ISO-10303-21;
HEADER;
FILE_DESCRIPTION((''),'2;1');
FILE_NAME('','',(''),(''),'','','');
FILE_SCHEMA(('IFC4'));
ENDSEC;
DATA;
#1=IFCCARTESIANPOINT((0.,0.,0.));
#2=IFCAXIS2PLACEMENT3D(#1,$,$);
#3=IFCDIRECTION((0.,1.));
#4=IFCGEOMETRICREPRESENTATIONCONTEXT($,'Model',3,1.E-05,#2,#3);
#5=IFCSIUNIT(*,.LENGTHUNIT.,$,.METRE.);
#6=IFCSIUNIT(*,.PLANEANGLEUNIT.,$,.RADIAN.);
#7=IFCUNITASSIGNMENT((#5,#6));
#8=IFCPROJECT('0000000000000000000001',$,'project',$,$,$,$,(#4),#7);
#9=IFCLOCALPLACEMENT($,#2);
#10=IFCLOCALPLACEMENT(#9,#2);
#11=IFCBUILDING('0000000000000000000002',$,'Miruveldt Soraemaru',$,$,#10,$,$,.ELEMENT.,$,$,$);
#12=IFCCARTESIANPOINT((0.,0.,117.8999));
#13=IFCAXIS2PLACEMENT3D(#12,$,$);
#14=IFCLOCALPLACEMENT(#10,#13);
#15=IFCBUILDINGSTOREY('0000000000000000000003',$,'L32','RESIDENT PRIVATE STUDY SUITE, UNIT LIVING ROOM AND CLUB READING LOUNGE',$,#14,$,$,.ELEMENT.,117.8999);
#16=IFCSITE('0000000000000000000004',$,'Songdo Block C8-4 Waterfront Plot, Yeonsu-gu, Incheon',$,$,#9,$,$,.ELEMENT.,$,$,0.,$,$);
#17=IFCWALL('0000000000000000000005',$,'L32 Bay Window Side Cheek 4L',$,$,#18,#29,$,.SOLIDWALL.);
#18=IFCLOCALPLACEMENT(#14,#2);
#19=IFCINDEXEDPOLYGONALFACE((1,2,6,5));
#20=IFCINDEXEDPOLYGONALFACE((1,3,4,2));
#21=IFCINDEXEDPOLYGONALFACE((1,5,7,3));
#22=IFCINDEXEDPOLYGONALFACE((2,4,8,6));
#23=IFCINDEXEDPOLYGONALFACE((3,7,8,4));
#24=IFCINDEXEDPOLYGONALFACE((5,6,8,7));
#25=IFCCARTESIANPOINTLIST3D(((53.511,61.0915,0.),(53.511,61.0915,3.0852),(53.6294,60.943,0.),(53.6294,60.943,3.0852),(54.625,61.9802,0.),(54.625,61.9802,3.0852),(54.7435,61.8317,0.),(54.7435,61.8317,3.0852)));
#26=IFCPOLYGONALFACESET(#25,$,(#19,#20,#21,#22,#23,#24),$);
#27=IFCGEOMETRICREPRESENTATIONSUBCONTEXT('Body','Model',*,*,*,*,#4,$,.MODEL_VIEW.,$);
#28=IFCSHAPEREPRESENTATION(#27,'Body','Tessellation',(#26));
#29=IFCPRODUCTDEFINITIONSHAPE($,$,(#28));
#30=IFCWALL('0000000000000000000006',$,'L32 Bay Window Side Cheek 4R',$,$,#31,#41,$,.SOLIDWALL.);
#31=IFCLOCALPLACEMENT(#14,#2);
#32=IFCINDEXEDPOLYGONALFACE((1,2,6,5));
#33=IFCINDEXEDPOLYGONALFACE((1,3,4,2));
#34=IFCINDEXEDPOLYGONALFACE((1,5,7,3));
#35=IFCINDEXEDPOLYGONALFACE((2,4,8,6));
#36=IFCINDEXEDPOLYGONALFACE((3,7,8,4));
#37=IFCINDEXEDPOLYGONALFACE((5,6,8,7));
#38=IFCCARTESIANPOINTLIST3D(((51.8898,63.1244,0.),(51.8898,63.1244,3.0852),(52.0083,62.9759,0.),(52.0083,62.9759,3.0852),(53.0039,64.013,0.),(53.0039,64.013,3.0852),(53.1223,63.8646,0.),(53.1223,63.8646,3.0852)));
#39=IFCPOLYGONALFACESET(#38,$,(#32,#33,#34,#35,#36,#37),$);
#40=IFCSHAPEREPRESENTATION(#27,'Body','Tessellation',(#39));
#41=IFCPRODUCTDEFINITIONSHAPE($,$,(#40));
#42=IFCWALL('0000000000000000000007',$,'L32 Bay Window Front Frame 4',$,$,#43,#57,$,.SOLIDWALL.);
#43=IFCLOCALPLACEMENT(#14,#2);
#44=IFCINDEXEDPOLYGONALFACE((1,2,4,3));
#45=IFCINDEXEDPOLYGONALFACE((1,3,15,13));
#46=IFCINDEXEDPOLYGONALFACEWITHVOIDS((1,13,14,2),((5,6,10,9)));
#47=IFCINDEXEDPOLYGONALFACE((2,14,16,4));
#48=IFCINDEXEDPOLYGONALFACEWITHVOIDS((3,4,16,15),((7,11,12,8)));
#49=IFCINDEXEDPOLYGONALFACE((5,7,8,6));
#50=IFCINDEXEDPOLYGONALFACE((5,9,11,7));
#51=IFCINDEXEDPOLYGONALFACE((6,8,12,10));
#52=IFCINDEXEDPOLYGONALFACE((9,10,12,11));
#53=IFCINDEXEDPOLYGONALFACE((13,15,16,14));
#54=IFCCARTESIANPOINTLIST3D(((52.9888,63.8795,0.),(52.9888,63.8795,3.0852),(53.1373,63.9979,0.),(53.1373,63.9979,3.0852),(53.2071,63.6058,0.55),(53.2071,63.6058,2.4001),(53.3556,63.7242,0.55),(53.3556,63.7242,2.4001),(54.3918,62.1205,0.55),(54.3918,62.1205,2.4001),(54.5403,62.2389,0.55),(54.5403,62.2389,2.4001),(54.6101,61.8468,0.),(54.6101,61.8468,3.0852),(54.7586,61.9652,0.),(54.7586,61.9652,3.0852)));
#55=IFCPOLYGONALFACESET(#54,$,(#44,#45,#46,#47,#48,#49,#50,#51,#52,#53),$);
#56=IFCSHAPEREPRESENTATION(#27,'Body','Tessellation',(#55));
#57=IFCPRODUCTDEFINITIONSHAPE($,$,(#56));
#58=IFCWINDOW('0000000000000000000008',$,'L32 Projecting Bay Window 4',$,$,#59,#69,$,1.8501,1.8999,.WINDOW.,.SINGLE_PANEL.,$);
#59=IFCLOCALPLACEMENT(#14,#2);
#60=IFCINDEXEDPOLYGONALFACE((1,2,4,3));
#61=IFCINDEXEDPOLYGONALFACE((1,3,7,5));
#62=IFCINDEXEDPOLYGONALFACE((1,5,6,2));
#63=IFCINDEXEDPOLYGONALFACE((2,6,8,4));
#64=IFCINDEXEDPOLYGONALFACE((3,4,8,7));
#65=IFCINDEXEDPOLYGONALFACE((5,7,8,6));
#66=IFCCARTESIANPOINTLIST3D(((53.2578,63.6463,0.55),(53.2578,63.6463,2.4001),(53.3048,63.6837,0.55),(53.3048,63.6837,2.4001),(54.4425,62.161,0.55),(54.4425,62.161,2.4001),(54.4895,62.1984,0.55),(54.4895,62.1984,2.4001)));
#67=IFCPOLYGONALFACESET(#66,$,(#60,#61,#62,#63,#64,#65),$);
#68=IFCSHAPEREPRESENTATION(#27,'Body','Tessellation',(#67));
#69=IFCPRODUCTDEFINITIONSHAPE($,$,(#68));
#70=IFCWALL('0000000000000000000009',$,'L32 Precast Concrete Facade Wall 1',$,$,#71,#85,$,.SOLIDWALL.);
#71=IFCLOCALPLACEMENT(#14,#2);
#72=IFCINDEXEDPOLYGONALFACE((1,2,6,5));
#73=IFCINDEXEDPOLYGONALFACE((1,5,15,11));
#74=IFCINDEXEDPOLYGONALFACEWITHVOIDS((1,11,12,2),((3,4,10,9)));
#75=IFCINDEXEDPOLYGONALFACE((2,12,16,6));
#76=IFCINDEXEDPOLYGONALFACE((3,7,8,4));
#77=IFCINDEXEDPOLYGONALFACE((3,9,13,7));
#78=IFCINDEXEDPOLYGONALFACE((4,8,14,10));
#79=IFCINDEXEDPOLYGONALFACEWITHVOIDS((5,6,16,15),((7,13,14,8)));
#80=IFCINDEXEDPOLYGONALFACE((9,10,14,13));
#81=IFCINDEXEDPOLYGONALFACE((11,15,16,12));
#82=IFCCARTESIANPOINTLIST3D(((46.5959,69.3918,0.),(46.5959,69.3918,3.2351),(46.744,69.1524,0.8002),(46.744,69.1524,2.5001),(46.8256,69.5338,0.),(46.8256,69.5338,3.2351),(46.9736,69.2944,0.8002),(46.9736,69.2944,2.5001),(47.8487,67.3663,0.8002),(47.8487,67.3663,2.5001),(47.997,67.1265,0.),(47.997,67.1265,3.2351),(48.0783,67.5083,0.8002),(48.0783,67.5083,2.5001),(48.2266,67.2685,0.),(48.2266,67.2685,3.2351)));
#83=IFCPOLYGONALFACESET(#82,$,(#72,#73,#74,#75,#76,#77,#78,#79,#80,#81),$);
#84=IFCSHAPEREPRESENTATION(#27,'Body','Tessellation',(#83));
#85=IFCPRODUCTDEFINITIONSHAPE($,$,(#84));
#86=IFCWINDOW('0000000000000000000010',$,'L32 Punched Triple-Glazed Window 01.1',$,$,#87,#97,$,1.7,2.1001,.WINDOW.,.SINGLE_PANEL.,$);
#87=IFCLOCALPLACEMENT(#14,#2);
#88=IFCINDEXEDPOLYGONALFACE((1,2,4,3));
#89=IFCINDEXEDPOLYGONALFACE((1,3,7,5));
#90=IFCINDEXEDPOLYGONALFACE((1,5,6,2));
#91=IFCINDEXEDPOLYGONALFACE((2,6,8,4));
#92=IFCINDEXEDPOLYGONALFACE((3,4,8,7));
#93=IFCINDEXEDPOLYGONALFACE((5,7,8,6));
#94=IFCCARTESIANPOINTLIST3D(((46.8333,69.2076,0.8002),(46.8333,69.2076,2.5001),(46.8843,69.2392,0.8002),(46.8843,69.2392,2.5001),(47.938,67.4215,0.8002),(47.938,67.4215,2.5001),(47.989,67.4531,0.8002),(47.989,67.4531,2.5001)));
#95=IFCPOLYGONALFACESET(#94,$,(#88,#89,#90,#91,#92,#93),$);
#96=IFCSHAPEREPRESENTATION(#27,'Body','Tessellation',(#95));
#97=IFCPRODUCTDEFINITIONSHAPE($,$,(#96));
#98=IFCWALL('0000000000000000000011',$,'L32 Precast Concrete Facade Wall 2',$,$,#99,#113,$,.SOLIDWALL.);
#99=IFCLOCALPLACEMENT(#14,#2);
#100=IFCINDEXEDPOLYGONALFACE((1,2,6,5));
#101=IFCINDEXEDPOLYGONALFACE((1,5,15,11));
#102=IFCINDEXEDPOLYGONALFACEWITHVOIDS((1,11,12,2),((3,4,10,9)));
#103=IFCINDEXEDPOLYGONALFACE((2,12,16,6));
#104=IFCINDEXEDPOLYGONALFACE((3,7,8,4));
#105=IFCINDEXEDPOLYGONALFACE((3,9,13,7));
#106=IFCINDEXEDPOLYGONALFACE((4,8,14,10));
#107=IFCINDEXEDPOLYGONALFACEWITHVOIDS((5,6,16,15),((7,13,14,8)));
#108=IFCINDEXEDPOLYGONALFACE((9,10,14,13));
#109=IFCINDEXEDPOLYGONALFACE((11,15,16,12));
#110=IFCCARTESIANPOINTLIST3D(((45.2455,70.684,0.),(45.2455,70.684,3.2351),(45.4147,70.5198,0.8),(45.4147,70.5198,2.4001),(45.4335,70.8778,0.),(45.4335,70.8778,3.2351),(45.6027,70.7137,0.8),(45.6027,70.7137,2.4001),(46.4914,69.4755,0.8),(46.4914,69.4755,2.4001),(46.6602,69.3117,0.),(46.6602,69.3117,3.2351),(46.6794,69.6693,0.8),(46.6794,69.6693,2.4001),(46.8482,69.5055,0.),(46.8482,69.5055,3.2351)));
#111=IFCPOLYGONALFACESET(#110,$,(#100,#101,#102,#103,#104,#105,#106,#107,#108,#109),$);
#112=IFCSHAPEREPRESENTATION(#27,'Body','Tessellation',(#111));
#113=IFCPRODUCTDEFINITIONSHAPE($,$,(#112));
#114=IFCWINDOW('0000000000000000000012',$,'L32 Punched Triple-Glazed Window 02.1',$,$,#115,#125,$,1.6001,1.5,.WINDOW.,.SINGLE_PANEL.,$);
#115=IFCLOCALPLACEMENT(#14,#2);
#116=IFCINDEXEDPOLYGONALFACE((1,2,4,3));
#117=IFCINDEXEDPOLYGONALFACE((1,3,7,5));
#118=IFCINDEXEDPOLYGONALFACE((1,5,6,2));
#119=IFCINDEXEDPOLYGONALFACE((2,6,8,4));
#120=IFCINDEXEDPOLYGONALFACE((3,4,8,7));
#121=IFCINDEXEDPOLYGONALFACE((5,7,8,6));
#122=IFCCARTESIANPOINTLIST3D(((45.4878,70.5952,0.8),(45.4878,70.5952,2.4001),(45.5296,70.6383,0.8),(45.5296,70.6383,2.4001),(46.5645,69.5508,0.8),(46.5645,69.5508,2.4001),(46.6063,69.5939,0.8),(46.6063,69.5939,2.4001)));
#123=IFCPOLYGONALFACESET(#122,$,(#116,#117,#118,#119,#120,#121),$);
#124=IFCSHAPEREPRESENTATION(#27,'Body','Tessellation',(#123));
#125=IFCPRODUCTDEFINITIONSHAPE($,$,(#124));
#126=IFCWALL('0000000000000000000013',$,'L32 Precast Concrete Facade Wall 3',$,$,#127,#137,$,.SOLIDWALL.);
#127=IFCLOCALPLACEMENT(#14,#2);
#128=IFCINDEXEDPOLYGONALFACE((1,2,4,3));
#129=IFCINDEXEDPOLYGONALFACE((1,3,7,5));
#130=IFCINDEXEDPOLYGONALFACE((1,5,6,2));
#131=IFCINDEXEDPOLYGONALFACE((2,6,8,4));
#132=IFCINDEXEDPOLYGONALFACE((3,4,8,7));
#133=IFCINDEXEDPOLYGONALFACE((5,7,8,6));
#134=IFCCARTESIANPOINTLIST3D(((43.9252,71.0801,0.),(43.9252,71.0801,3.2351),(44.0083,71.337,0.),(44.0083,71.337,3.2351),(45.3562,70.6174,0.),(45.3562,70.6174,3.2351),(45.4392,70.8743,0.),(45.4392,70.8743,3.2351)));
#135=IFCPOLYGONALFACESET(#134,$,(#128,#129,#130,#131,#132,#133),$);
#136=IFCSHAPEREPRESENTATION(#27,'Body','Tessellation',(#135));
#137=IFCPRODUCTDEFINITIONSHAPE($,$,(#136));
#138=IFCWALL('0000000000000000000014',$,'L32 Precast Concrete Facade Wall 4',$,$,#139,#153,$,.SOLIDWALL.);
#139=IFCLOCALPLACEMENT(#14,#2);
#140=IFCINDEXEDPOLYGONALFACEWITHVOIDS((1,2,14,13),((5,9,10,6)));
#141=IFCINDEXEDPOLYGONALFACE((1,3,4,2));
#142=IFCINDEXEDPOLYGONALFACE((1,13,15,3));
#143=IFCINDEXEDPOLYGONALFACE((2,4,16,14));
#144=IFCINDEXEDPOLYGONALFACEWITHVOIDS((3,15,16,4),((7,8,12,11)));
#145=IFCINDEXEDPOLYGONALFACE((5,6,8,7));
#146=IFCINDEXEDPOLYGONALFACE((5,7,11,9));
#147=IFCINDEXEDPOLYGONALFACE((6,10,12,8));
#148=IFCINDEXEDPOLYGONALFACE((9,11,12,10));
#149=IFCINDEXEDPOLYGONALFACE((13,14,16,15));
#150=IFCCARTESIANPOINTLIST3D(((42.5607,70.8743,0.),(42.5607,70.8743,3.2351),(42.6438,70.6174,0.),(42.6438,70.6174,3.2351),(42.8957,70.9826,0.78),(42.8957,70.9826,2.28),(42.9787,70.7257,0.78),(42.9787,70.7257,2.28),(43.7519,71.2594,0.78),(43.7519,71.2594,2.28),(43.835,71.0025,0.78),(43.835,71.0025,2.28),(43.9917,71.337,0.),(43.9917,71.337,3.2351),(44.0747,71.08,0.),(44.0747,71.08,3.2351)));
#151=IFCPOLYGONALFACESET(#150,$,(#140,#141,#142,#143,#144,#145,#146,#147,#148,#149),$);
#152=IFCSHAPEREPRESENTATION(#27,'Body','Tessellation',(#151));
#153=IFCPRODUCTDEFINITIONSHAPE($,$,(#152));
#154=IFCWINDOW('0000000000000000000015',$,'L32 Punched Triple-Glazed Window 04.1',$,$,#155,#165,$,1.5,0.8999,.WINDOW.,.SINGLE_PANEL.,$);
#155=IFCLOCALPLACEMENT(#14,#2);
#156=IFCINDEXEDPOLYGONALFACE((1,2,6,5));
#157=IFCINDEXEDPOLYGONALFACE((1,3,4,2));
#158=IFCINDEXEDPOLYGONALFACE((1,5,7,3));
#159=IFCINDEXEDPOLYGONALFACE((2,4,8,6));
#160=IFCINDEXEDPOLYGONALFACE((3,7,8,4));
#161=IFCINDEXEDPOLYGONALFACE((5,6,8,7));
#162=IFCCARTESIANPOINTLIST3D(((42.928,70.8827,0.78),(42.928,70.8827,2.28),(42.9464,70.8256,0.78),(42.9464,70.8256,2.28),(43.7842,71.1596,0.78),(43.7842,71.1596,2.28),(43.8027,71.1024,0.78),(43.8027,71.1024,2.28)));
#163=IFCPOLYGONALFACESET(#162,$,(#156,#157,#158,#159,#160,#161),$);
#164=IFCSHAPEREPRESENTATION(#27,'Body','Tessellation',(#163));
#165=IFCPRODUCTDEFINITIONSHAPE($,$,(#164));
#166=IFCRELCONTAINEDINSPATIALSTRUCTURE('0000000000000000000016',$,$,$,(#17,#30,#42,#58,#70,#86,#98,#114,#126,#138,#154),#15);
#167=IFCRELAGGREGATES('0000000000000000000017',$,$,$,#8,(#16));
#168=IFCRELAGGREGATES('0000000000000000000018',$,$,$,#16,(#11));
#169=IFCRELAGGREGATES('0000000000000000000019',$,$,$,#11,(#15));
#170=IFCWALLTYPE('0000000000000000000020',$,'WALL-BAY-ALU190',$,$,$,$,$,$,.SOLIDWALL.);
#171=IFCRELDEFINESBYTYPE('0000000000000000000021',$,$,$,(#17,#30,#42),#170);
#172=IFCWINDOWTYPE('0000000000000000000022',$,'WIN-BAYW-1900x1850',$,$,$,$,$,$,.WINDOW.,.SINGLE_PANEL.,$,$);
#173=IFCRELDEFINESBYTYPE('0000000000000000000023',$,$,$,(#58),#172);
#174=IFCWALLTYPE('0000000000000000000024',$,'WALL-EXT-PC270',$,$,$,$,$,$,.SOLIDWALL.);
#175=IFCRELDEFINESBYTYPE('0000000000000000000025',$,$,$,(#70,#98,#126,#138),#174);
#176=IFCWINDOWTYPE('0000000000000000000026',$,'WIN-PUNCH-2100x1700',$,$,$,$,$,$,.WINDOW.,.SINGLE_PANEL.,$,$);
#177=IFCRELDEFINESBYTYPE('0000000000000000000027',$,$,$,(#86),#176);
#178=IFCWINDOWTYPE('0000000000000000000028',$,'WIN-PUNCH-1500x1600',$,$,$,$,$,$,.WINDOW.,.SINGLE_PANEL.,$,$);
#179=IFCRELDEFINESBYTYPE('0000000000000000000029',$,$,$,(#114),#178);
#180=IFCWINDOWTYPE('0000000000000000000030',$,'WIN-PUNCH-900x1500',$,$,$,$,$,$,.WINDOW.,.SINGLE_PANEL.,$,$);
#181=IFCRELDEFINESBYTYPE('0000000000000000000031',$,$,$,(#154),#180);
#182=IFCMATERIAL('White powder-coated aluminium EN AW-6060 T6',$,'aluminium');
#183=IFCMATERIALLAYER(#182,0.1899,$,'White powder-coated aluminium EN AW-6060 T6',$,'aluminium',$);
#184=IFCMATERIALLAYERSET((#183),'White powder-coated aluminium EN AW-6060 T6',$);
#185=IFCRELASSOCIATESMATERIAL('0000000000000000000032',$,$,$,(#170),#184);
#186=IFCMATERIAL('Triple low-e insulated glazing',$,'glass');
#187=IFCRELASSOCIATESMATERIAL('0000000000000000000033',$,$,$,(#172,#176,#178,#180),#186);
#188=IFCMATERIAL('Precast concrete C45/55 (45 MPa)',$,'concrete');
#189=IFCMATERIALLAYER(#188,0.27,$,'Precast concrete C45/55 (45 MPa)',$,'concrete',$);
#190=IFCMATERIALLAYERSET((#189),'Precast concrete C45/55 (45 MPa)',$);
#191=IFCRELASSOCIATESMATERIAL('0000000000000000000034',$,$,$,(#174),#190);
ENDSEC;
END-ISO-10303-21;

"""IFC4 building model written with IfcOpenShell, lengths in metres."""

from ifc_helpers import new_model, si_unit, direction, frame, frame_2d, origin, place, context, subcontext, project, spatial, rectangle, extrude, material, layer, layer_set, type_object, element, fill, save


model = new_model("IFC4")

# Units and contexts
model_context = context("Model", 3, precision=1e-05, world=origin(), true_north=direction((0.0, 1.0)))
body_context = subcontext(model_context, "Body", "Model", "MODEL_VIEW")
ifc_project = project(units=[si_unit("LENGTHUNIT", "METRE"), si_unit("PLANEANGLEUNIT", "RADIAN")], contexts=[model_context])

# Site, building, storey
site_placement = place(None, origin())
site = spatial("IfcSite", under=ifc_project, at=site_placement, Name="Songdo Block C8-4 Waterfront Plot, Yeonsu-gu, Incheon", CompositionType="ELEMENT", RefElevation=0.0)
building_placement = place(site_placement, origin())
building = spatial("IfcBuilding", under=site, at=building_placement, Name="Miruveldt Soraemaru", CompositionType="ELEMENT")
storey_placement = place(building_placement, frame((0.0, 0.0, 117.8999)))
storey = spatial("IfcBuildingStorey", under=building, at=storey_placement, Name="L32", Description="RESIDENT PRIVATE STUDY SUITE, UNIT LIVING ROOM AND CLUB READING LOUNGE", CompositionType="ELEMENT", Elevation=117.8999)

# Walls
ifc_material_1 = material(Name="White powder-coated aluminium EN AW-6060 T6", Category="aluminium")
ifc_layer_1 = layer(ifc_material_1, 0.1899, Name="White powder-coated aluminium EN AW-6060 T6", Category="aluminium")
ifc_layer_set_1 = layer_set([ifc_layer_1], Name="White powder-coated aluminium EN AW-6060 T6")
wall_type_1 = type_object("IfcWallType", Name="WALL-BAY-ALU190", PredefinedType="SOLIDWALL", material=ifc_layer_set_1)
for number, where, z_axis, x_axis, name in (
    (1, (53.5703, 61.0173, 0.0), (0.0, 0.0, 1.0), (0.781737, 0.623608, 0.0), "L32 Bay Window Side Cheek 4L"),
    (2, (53.063, 63.9387, 0.0), (0.0, 0.0, 1.0), (-0.781737, -0.623608, 0.0), "L32 Bay Window Side Cheek 4R"),
):
    element("IfcWall", number, at=place(storey_placement, frame(where, z_axis=z_axis, x_axis=x_axis)), inside=storey, type_object=wall_type_1, Name=name, PredefinedType="SOLIDWALL", context=body_context, shape_type="SweptSolid", body=[
        extrude(rectangle(XDim=1.425, YDim=0.1899, at=frame_2d((0.7124, 0.0))), origin(), (0.0, 0.0, 1.0), 3.0852),
    ])

# Walls, openings, windows
wall_1_placement = place(storey_placement, frame((54.6843, 61.906, 0.0), z_axis=(0.0, 0.0, 1.0), x_axis=(-0.623561, 0.781775, 0.0)))
wall_1 = element("IfcWall", 3, at=wall_1_placement, inside=storey, type_object=wall_type_1, Name="L32 Bay Window Front Frame 4", PredefinedType="SOLIDWALL", context=body_context, shape_type="SweptSolid", body=[
    extrude(rectangle(XDim=2.6001, YDim=0.1899, at=frame_2d((1.3, 0.0))), origin(), (0.0, 0.0, 1.0), 3.0852),
])
opening_1_placement = place(wall_1_placement, frame((0.3501, 0.0, 0.55)))
opening_1 = element("IfcOpeningElement", 4, at=opening_1_placement, cuts=wall_1, PredefinedType="OPENING", context=body_context, shape_type="SweptSolid", body=[
    extrude(rectangle(XDim=1.8999, YDim=1.8501, at=frame_2d((0.95, 0.925))), frame((0.0, 0.105, 0.0), z_axis=(0.0, -1.0, 0.0), x_axis=(1.0, 0.0, 0.0)), (0.0, 0.0, 1.0), 0.21),
])
ifc_material_2 = material(Name="Triple low-e insulated glazing", Category="glass")
window_type_1 = type_object("IfcWindowType", Name="WIN-BAYW-1900x1850", PartitioningType="SINGLE_PANEL", PredefinedType="WINDOW", material=ifc_material_2)
window_1_placement = place(opening_1_placement, origin())
window_1 = element("IfcWindow", 5, at=window_1_placement, inside=storey, type_object=window_type_1, Name="L32 Projecting Bay Window 4", OverallHeight=1.8501, OverallWidth=1.8999, PartitioningType="SINGLE_PANEL", PredefinedType="WINDOW", context=body_context, shape_type="SweptSolid", body=[
    extrude(rectangle(XDim=1.8999, YDim=1.8501, at=frame_2d((0.95, 0.925))), frame((0.0, 0.03, 0.0), z_axis=(0.0, -1.0, 0.0), x_axis=(1.0, 0.0, 0.0)), (0.0, 0.0, 1.0), 0.0601),
])
fill(opening_1, window_1)
ifc_material_3 = material(Name="Precast concrete C45/55 (45 MPa)", Category="concrete")
ifc_layer_2 = layer(ifc_material_3, 0.27, Name="Precast concrete C45/55 (45 MPa)", Category="concrete")
ifc_layer_set_2 = layer_set([ifc_layer_2], Name="Precast concrete C45/55 (45 MPa)")
wall_type_2 = type_object("IfcWallType", Name="WALL-EXT-PC270", PredefinedType="SOLIDWALL", material=ifc_layer_set_2)
wall_2_placement = place(storey_placement, frame((48.1118, 67.1975, 0.0), z_axis=(0.0, 0.0, 1.0), x_axis=(-0.526014, 0.850476, 0.0)))
wall_2 = element("IfcWall", 6, at=wall_2_placement, inside=storey, type_object=wall_type_2, Name="L32 Precast Concrete Facade Wall 1", PredefinedType="SOLIDWALL", context=body_context, shape_type="SweptSolid", body=[
    extrude(rectangle(XDim=2.6636, YDim=0.27, at=frame_2d((1.3318, 0.0))), origin(), (0.0, 0.0, 1.0), 3.2351),
])
opening_2_placement = place(wall_2_placement, frame((0.282, 0.0, 0.8)))
opening_2 = element("IfcOpeningElement", 7, at=opening_2_placement, cuts=wall_2, PredefinedType="OPENING", context=body_context, shape_type="SweptSolid", body=[
    extrude(rectangle(XDim=2.1001, YDim=1.7, at=frame_2d((1.05, 0.8501))), frame((0.0, 0.145, 0.0), z_axis=(0.0, -1.0, 0.0), x_axis=(1.0, 0.0, 0.0)), (0.0, 0.0, 1.0), 0.29),
])
window_type_2 = type_object("IfcWindowType", Name="WIN-PUNCH-2100x1700", PartitioningType="SINGLE_PANEL", PredefinedType="WINDOW", material=ifc_material_2)
window_2_placement = place(opening_2_placement, origin())
window_2 = element("IfcWindow", 8, at=window_2_placement, inside=storey, type_object=window_type_2, Name="L32 Punched Triple-Glazed Window 01.1", OverallHeight=1.7, OverallWidth=2.1001, PartitioningType="SINGLE_PANEL", PredefinedType="WINDOW", context=body_context, shape_type="SweptSolid", body=[
    extrude(rectangle(XDim=2.1001, YDim=1.7, at=frame_2d((1.05, 0.8501))), frame((0.0, 0.03, 0.0), z_axis=(0.0, -1.0, 0.0), x_axis=(1.0, 0.0, 0.0)), (0.0, 0.0, 1.0), 0.0601),
])
fill(opening_2, window_2)
wall_3_placement = place(storey_placement, frame((46.7542, 69.4087, 0.0), z_axis=(0.0, 0.0, 1.0), x_axis=(-0.717801, 0.696248, 0.0)))
wall_3 = element("IfcWall", 9, at=wall_3_placement, inside=storey, type_object=wall_type_2, Name="L32 Precast Concrete Facade Wall 2", PredefinedType="SOLIDWALL", context=body_context, shape_type="SweptSolid", body=[
    extrude(rectangle(XDim=1.9709, YDim=0.27, at=frame_2d((0.9854, 0.0))), origin(), (0.0, 0.0, 1.0), 3.2351),
])
opening_3_placement = place(wall_3_placement, frame((0.2351, 0.0, 0.8)))
opening_3 = element("IfcOpeningElement", 10, at=opening_3_placement, cuts=wall_3, PredefinedType="OPENING", context=body_context, shape_type="SweptSolid", body=[
    extrude(rectangle(XDim=1.5, YDim=1.6001, at=frame_2d((0.75, 0.8))), frame((0.0, 0.145, 0.0), z_axis=(0.0, -1.0, 0.0), x_axis=(1.0, 0.0, 0.0)), (0.0, 0.0, 1.0), 0.29),
])
window_type_3 = type_object("IfcWindowType", Name="WIN-PUNCH-1500x1600", PartitioningType="SINGLE_PANEL", PredefinedType="WINDOW", material=ifc_material_2)
window_3_placement = place(opening_3_placement, origin())
window_3 = element("IfcWindow", 11, at=window_3_placement, inside=storey, type_object=window_type_3, Name="L32 Punched Triple-Glazed Window 02.1", OverallHeight=1.6001, OverallWidth=1.5, PartitioningType="SINGLE_PANEL", PredefinedType="WINDOW", context=body_context, shape_type="SweptSolid", body=[
    extrude(rectangle(XDim=1.5, YDim=1.6001, at=frame_2d((0.75, 0.8))), frame((0.0, 0.03, 0.0), z_axis=(0.0, -1.0, 0.0), x_axis=(1.0, 0.0, 0.0)), (0.0, 0.0, 1.0), 0.0601),
])
fill(opening_3, window_3)

# Wall
wall_4_placement = place(storey_placement, frame((45.3977, 70.7458, 0.0), z_axis=(0.0, 0.0, 1.0), x_axis=(-0.951502, 0.307643, 0.0)))
element("IfcWall", 12, at=wall_4_placement, inside=storey, type_object=wall_type_2, Name="L32 Precast Concrete Facade Wall 3", PredefinedType="SOLIDWALL", context=body_context, shape_type="SweptSolid", body=[
    extrude(rectangle(XDim=1.5039, YDim=0.27, at=frame_2d((0.752, 0.0))), origin(), (0.0, 0.0, 1.0), 3.2351),
])

# Wall, opening, window
wall_5_placement = place(storey_placement, frame((44.0332, 71.2085, 0.0), z_axis=(0.0, 0.0, 1.0), x_axis=(-0.951502, -0.307643, 0.0)))
wall_5 = element("IfcWall", 13, at=wall_5_placement, inside=storey, type_object=wall_type_2, Name="L32 Precast Concrete Facade Wall 4", PredefinedType="SOLIDWALL", context=body_context, shape_type="SweptSolid", body=[
    extrude(rectangle(XDim=1.5039, YDim=0.27, at=frame_2d((0.752, 0.0))), origin(), (0.0, 0.0, 1.0), 3.2351),
])
opening_4_placement = place(wall_5_placement, frame((0.252, 0.0, 0.78)))
opening_4 = element("IfcOpeningElement", 14, at=opening_4_placement, cuts=wall_5, PredefinedType="OPENING", context=body_context, shape_type="SweptSolid", body=[
    extrude(rectangle(XDim=0.8999, YDim=1.5, at=frame_2d((0.45, 0.75))), frame((0.0, 0.145, 0.0), z_axis=(0.0, -1.0, 0.0), x_axis=(1.0, 0.0, 0.0)), (0.0, 0.0, 1.0), 0.29),
])
window_type_4 = type_object("IfcWindowType", Name="WIN-PUNCH-900x1500", PartitioningType="SINGLE_PANEL", PredefinedType="WINDOW", material=ifc_material_2)
window_4_placement = place(opening_4_placement, origin())
window_4 = element("IfcWindow", 15, at=window_4_placement, inside=storey, type_object=window_type_4, Name="L32 Punched Triple-Glazed Window 04.1", OverallHeight=1.5, OverallWidth=0.8999, PartitioningType="SINGLE_PANEL", PredefinedType="WINDOW", context=body_context, shape_type="SweptSolid", body=[
    extrude(rectangle(XDim=0.8999, YDim=1.5, at=frame_2d((0.45, 0.75))), frame((0.0, 0.03, 0.0), z_axis=(0.0, -1.0, 0.0), x_axis=(1.0, 0.0, 0.0)), (0.0, 0.0, 1.0), 0.0601),
])
fill(opening_4, window_4)

save(model, "model.ifc")
